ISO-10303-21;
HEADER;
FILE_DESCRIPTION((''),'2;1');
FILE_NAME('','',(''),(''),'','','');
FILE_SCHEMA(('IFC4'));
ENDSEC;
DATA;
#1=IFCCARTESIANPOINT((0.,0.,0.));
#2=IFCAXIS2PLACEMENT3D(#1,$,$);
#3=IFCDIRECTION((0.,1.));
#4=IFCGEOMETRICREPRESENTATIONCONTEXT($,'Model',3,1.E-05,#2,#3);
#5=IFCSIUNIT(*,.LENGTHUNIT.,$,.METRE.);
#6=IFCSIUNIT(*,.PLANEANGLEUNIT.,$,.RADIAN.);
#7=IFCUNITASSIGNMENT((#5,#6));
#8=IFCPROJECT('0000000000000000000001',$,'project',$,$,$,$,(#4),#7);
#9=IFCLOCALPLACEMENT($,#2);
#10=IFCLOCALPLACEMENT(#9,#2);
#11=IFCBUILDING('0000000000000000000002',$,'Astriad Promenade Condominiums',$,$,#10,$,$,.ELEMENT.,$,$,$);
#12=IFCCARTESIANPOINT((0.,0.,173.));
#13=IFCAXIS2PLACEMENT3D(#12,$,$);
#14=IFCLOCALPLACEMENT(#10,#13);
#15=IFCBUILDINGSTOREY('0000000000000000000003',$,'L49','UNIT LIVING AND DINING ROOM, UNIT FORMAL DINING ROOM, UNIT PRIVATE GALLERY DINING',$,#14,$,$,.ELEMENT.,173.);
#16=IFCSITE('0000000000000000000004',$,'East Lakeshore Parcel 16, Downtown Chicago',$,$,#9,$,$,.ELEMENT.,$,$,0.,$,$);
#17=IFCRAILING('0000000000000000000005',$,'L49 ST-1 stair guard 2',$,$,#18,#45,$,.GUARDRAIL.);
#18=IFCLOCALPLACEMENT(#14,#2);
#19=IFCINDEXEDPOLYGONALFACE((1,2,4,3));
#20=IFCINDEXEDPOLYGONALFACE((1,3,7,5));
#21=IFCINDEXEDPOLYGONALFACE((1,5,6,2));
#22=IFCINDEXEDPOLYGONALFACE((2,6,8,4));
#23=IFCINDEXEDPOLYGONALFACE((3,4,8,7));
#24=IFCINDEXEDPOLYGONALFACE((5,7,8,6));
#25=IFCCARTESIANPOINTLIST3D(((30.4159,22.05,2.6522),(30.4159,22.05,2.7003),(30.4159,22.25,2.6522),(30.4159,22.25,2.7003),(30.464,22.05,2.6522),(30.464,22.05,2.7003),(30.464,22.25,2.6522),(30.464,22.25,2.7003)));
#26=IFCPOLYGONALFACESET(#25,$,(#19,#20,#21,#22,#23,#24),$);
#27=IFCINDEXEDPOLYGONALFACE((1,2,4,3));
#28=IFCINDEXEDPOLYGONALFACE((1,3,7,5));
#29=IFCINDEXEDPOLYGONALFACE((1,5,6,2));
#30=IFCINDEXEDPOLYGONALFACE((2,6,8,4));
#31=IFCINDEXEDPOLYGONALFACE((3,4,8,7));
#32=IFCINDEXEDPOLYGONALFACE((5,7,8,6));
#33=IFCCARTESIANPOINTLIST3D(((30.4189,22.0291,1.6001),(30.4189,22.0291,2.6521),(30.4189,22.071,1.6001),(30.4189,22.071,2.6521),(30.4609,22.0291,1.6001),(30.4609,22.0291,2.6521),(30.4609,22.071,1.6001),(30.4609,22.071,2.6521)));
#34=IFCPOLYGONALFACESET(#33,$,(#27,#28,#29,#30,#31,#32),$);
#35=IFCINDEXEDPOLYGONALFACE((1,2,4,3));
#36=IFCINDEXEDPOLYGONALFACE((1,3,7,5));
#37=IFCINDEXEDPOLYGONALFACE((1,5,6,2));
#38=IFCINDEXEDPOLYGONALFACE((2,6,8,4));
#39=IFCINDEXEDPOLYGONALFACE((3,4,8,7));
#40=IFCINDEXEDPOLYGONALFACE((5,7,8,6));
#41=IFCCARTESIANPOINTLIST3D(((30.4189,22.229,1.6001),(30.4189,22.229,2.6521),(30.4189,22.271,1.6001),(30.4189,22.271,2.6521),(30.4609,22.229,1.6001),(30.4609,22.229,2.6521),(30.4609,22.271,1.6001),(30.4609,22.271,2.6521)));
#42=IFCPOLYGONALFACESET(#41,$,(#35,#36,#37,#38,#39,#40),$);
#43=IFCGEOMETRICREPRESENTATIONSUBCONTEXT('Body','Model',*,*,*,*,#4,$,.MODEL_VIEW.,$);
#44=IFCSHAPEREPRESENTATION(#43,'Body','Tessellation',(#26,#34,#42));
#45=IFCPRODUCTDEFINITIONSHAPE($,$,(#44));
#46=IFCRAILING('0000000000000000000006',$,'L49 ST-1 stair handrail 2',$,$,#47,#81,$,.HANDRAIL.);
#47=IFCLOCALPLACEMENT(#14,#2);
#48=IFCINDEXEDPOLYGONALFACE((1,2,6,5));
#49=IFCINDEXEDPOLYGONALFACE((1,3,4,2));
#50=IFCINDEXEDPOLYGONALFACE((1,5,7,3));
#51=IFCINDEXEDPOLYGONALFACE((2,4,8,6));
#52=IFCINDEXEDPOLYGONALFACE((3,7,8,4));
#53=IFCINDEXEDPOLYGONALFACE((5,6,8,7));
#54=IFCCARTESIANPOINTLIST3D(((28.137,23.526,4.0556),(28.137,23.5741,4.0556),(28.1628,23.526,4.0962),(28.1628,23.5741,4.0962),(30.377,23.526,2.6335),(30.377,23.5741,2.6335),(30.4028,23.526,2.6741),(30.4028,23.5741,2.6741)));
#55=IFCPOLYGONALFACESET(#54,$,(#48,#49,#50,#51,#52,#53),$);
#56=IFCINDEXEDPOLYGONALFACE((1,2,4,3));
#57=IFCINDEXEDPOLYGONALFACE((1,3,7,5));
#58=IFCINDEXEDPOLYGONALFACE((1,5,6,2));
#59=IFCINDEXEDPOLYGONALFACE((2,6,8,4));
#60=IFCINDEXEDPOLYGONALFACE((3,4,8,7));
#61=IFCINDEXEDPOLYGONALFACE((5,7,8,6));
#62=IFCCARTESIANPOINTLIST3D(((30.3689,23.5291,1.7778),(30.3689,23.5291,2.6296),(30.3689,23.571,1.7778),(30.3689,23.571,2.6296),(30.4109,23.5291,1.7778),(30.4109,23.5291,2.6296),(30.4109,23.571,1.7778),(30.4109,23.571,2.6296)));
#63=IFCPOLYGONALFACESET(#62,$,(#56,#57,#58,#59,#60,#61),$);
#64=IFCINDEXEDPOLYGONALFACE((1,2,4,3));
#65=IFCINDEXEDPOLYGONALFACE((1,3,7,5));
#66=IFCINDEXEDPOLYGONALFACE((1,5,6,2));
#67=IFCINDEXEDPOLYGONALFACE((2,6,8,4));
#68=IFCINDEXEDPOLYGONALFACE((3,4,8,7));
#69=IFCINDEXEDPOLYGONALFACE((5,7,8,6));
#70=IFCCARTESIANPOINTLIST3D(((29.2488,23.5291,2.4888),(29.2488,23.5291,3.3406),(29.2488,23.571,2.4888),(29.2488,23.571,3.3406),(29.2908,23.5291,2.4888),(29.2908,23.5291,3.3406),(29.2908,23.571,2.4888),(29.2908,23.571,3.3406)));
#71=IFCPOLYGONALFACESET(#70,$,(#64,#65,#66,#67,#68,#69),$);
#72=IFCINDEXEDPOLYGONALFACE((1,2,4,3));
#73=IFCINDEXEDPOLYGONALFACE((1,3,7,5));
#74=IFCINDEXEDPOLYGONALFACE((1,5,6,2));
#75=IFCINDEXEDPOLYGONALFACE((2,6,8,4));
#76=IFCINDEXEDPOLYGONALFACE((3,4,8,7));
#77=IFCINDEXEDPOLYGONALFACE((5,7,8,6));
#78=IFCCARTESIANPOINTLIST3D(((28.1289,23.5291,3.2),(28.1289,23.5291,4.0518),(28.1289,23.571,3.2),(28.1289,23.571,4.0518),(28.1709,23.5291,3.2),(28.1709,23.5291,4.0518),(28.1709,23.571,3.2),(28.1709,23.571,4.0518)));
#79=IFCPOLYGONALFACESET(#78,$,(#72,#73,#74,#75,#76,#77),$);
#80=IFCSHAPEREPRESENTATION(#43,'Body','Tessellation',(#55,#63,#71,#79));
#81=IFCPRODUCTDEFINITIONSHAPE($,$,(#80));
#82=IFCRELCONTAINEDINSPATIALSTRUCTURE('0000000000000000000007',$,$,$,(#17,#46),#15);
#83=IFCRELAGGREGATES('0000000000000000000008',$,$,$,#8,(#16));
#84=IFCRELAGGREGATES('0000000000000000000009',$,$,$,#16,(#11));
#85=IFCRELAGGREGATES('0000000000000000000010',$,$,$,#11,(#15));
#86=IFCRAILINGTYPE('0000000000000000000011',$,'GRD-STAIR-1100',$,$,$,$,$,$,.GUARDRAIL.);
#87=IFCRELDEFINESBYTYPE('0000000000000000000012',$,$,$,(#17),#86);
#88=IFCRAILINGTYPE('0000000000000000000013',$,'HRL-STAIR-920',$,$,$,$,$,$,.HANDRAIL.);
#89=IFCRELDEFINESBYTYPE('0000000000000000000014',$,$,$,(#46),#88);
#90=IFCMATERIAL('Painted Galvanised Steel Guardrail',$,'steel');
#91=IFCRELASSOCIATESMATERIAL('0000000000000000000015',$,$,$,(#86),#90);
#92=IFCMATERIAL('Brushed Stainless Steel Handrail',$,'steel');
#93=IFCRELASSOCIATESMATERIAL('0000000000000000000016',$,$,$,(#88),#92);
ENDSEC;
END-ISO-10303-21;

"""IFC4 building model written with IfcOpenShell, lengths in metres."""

from ifc_helpers import new_model, si_unit, direction, frame, origin, origin_2d, place, context, subcontext, project, spatial, rectangle, extrude, source, transform, mapped, material, type_object, type_shapes, element, save


model = new_model("IFC4")

# Units and contexts
model_context = context("Model", 3, precision=1e-05, world=origin(), true_north=direction((0.0, 1.0)))
body_context = subcontext(model_context, "Body", "Model", "MODEL_VIEW")
ifc_project = project(units=[si_unit("LENGTHUNIT", "METRE"), si_unit("PLANEANGLEUNIT", "RADIAN")], contexts=[model_context])

# Site, building, storey
site_placement = place(None, origin())
site = spatial("IfcSite", under=ifc_project, at=site_placement, Name="East Lakeshore Parcel 16, Downtown Chicago", CompositionType="ELEMENT", RefElevation=0.0)
building_placement = place(site_placement, origin())
building = spatial("IfcBuilding", under=site, at=building_placement, Name="Astriad Promenade Condominiums", CompositionType="ELEMENT")
storey_placement = place(building_placement, frame((0.0, 0.0, 173.0)))
storey = spatial("IfcBuildingStorey", under=building, at=storey_placement, Name="L49", Description="UNIT LIVING AND DINING ROOM, UNIT FORMAL DINING ROOM, UNIT PRIVATE GALLERY DINING", CompositionType="ELEMENT", Elevation=173.0)

# Railings
ifc_material_1 = material(Name="Painted Galvanised Steel Guardrail", Category="steel")
railing_type_1 = type_object("IfcRailingType", Name="GRD-STAIR-1100", PredefinedType="GUARDRAIL", material=ifc_material_1)
shared_shape_1 = source(origin(), body_context, "Body", "SweptSolid", [
    extrude(rectangle(XDim=0.0481, YDim=0.0481, at=origin_2d()), frame((0.0, 0.0, 1.0762), z_axis=(0.0, 1.0, 0.0), x_axis=(-1.0, 0.0, 0.0)), (0.0, 0.0, 1.0), 0.2),
    extrude(rectangle(XDim=0.042, YDim=0.042, at=origin_2d()), origin(), (0.0, 0.0, 1.0), 1.052),
    extrude(rectangle(XDim=0.042, YDim=0.042, at=origin_2d()), frame((0.0, 0.2, 0.0)), (0.0, 0.0, 1.0), 1.052),
])
type_shapes(railing_type_1, [shared_shape_1])
railing_1_placement = place(storey_placement, frame((30.4399, 22.05, 1.6001)))
element("IfcRailing", 1, at=railing_1_placement, inside=storey, type_object=railing_type_1, Name="L49 ST-1 stair guard 2", PredefinedType="GUARDRAIL", context=body_context, shape_type="MappedRepresentation", body=[
    mapped(shared_shape_1, transform((0.0, 0.0, 0.0), scale=1.0)),
])
ifc_material_2 = material(Name="Brushed Stainless Steel Handrail", Category="steel")
railing_type_2 = type_object("IfcRailingType", Name="HRL-STAIR-920", PredefinedType="HANDRAIL", material=ifc_material_2)
shared_shape_2 = source(origin(), body_context, "Body", "SweptSolid", [
    extrude(rectangle(XDim=0.0481, YDim=0.0481, at=origin_2d()), frame((0.0, 0.0, 0.876), z_axis=(-0.844229, 0.0, 0.535982), x_axis=(0.0, -1.0, 0.0)), (0.0, 0.0, 1.0), 2.6533),
    extrude(rectangle(XDim=0.042, YDim=0.042, at=origin_2d()), origin(), (0.0, 0.0, 1.0), 0.8518),
    extrude(rectangle(XDim=0.042, YDim=0.042, at=origin_2d()), frame((-1.1201, 0.0, 0.7109)), (0.0, 0.0, 1.0), 0.8518),
    extrude(rectangle(XDim=0.042, YDim=0.042, at=origin_2d()), frame((-2.24, 0.0, 1.4221)), (0.0, 0.0, 1.0), 0.8518),
])
type_shapes(railing_type_2, [shared_shape_2])
railing_2_placement = place(storey_placement, frame((30.3899, 23.55, 1.7778)))
element("IfcRailing", 2, at=railing_2_placement, inside=storey, type_object=railing_type_2, Name="L49 ST-1 stair handrail 2", PredefinedType="HANDRAIL", context=body_context, shape_type="MappedRepresentation", body=[
    mapped(shared_shape_2, transform((0.0, 0.0, 0.0), scale=1.0)),
])

save(model, "model.ifc")
